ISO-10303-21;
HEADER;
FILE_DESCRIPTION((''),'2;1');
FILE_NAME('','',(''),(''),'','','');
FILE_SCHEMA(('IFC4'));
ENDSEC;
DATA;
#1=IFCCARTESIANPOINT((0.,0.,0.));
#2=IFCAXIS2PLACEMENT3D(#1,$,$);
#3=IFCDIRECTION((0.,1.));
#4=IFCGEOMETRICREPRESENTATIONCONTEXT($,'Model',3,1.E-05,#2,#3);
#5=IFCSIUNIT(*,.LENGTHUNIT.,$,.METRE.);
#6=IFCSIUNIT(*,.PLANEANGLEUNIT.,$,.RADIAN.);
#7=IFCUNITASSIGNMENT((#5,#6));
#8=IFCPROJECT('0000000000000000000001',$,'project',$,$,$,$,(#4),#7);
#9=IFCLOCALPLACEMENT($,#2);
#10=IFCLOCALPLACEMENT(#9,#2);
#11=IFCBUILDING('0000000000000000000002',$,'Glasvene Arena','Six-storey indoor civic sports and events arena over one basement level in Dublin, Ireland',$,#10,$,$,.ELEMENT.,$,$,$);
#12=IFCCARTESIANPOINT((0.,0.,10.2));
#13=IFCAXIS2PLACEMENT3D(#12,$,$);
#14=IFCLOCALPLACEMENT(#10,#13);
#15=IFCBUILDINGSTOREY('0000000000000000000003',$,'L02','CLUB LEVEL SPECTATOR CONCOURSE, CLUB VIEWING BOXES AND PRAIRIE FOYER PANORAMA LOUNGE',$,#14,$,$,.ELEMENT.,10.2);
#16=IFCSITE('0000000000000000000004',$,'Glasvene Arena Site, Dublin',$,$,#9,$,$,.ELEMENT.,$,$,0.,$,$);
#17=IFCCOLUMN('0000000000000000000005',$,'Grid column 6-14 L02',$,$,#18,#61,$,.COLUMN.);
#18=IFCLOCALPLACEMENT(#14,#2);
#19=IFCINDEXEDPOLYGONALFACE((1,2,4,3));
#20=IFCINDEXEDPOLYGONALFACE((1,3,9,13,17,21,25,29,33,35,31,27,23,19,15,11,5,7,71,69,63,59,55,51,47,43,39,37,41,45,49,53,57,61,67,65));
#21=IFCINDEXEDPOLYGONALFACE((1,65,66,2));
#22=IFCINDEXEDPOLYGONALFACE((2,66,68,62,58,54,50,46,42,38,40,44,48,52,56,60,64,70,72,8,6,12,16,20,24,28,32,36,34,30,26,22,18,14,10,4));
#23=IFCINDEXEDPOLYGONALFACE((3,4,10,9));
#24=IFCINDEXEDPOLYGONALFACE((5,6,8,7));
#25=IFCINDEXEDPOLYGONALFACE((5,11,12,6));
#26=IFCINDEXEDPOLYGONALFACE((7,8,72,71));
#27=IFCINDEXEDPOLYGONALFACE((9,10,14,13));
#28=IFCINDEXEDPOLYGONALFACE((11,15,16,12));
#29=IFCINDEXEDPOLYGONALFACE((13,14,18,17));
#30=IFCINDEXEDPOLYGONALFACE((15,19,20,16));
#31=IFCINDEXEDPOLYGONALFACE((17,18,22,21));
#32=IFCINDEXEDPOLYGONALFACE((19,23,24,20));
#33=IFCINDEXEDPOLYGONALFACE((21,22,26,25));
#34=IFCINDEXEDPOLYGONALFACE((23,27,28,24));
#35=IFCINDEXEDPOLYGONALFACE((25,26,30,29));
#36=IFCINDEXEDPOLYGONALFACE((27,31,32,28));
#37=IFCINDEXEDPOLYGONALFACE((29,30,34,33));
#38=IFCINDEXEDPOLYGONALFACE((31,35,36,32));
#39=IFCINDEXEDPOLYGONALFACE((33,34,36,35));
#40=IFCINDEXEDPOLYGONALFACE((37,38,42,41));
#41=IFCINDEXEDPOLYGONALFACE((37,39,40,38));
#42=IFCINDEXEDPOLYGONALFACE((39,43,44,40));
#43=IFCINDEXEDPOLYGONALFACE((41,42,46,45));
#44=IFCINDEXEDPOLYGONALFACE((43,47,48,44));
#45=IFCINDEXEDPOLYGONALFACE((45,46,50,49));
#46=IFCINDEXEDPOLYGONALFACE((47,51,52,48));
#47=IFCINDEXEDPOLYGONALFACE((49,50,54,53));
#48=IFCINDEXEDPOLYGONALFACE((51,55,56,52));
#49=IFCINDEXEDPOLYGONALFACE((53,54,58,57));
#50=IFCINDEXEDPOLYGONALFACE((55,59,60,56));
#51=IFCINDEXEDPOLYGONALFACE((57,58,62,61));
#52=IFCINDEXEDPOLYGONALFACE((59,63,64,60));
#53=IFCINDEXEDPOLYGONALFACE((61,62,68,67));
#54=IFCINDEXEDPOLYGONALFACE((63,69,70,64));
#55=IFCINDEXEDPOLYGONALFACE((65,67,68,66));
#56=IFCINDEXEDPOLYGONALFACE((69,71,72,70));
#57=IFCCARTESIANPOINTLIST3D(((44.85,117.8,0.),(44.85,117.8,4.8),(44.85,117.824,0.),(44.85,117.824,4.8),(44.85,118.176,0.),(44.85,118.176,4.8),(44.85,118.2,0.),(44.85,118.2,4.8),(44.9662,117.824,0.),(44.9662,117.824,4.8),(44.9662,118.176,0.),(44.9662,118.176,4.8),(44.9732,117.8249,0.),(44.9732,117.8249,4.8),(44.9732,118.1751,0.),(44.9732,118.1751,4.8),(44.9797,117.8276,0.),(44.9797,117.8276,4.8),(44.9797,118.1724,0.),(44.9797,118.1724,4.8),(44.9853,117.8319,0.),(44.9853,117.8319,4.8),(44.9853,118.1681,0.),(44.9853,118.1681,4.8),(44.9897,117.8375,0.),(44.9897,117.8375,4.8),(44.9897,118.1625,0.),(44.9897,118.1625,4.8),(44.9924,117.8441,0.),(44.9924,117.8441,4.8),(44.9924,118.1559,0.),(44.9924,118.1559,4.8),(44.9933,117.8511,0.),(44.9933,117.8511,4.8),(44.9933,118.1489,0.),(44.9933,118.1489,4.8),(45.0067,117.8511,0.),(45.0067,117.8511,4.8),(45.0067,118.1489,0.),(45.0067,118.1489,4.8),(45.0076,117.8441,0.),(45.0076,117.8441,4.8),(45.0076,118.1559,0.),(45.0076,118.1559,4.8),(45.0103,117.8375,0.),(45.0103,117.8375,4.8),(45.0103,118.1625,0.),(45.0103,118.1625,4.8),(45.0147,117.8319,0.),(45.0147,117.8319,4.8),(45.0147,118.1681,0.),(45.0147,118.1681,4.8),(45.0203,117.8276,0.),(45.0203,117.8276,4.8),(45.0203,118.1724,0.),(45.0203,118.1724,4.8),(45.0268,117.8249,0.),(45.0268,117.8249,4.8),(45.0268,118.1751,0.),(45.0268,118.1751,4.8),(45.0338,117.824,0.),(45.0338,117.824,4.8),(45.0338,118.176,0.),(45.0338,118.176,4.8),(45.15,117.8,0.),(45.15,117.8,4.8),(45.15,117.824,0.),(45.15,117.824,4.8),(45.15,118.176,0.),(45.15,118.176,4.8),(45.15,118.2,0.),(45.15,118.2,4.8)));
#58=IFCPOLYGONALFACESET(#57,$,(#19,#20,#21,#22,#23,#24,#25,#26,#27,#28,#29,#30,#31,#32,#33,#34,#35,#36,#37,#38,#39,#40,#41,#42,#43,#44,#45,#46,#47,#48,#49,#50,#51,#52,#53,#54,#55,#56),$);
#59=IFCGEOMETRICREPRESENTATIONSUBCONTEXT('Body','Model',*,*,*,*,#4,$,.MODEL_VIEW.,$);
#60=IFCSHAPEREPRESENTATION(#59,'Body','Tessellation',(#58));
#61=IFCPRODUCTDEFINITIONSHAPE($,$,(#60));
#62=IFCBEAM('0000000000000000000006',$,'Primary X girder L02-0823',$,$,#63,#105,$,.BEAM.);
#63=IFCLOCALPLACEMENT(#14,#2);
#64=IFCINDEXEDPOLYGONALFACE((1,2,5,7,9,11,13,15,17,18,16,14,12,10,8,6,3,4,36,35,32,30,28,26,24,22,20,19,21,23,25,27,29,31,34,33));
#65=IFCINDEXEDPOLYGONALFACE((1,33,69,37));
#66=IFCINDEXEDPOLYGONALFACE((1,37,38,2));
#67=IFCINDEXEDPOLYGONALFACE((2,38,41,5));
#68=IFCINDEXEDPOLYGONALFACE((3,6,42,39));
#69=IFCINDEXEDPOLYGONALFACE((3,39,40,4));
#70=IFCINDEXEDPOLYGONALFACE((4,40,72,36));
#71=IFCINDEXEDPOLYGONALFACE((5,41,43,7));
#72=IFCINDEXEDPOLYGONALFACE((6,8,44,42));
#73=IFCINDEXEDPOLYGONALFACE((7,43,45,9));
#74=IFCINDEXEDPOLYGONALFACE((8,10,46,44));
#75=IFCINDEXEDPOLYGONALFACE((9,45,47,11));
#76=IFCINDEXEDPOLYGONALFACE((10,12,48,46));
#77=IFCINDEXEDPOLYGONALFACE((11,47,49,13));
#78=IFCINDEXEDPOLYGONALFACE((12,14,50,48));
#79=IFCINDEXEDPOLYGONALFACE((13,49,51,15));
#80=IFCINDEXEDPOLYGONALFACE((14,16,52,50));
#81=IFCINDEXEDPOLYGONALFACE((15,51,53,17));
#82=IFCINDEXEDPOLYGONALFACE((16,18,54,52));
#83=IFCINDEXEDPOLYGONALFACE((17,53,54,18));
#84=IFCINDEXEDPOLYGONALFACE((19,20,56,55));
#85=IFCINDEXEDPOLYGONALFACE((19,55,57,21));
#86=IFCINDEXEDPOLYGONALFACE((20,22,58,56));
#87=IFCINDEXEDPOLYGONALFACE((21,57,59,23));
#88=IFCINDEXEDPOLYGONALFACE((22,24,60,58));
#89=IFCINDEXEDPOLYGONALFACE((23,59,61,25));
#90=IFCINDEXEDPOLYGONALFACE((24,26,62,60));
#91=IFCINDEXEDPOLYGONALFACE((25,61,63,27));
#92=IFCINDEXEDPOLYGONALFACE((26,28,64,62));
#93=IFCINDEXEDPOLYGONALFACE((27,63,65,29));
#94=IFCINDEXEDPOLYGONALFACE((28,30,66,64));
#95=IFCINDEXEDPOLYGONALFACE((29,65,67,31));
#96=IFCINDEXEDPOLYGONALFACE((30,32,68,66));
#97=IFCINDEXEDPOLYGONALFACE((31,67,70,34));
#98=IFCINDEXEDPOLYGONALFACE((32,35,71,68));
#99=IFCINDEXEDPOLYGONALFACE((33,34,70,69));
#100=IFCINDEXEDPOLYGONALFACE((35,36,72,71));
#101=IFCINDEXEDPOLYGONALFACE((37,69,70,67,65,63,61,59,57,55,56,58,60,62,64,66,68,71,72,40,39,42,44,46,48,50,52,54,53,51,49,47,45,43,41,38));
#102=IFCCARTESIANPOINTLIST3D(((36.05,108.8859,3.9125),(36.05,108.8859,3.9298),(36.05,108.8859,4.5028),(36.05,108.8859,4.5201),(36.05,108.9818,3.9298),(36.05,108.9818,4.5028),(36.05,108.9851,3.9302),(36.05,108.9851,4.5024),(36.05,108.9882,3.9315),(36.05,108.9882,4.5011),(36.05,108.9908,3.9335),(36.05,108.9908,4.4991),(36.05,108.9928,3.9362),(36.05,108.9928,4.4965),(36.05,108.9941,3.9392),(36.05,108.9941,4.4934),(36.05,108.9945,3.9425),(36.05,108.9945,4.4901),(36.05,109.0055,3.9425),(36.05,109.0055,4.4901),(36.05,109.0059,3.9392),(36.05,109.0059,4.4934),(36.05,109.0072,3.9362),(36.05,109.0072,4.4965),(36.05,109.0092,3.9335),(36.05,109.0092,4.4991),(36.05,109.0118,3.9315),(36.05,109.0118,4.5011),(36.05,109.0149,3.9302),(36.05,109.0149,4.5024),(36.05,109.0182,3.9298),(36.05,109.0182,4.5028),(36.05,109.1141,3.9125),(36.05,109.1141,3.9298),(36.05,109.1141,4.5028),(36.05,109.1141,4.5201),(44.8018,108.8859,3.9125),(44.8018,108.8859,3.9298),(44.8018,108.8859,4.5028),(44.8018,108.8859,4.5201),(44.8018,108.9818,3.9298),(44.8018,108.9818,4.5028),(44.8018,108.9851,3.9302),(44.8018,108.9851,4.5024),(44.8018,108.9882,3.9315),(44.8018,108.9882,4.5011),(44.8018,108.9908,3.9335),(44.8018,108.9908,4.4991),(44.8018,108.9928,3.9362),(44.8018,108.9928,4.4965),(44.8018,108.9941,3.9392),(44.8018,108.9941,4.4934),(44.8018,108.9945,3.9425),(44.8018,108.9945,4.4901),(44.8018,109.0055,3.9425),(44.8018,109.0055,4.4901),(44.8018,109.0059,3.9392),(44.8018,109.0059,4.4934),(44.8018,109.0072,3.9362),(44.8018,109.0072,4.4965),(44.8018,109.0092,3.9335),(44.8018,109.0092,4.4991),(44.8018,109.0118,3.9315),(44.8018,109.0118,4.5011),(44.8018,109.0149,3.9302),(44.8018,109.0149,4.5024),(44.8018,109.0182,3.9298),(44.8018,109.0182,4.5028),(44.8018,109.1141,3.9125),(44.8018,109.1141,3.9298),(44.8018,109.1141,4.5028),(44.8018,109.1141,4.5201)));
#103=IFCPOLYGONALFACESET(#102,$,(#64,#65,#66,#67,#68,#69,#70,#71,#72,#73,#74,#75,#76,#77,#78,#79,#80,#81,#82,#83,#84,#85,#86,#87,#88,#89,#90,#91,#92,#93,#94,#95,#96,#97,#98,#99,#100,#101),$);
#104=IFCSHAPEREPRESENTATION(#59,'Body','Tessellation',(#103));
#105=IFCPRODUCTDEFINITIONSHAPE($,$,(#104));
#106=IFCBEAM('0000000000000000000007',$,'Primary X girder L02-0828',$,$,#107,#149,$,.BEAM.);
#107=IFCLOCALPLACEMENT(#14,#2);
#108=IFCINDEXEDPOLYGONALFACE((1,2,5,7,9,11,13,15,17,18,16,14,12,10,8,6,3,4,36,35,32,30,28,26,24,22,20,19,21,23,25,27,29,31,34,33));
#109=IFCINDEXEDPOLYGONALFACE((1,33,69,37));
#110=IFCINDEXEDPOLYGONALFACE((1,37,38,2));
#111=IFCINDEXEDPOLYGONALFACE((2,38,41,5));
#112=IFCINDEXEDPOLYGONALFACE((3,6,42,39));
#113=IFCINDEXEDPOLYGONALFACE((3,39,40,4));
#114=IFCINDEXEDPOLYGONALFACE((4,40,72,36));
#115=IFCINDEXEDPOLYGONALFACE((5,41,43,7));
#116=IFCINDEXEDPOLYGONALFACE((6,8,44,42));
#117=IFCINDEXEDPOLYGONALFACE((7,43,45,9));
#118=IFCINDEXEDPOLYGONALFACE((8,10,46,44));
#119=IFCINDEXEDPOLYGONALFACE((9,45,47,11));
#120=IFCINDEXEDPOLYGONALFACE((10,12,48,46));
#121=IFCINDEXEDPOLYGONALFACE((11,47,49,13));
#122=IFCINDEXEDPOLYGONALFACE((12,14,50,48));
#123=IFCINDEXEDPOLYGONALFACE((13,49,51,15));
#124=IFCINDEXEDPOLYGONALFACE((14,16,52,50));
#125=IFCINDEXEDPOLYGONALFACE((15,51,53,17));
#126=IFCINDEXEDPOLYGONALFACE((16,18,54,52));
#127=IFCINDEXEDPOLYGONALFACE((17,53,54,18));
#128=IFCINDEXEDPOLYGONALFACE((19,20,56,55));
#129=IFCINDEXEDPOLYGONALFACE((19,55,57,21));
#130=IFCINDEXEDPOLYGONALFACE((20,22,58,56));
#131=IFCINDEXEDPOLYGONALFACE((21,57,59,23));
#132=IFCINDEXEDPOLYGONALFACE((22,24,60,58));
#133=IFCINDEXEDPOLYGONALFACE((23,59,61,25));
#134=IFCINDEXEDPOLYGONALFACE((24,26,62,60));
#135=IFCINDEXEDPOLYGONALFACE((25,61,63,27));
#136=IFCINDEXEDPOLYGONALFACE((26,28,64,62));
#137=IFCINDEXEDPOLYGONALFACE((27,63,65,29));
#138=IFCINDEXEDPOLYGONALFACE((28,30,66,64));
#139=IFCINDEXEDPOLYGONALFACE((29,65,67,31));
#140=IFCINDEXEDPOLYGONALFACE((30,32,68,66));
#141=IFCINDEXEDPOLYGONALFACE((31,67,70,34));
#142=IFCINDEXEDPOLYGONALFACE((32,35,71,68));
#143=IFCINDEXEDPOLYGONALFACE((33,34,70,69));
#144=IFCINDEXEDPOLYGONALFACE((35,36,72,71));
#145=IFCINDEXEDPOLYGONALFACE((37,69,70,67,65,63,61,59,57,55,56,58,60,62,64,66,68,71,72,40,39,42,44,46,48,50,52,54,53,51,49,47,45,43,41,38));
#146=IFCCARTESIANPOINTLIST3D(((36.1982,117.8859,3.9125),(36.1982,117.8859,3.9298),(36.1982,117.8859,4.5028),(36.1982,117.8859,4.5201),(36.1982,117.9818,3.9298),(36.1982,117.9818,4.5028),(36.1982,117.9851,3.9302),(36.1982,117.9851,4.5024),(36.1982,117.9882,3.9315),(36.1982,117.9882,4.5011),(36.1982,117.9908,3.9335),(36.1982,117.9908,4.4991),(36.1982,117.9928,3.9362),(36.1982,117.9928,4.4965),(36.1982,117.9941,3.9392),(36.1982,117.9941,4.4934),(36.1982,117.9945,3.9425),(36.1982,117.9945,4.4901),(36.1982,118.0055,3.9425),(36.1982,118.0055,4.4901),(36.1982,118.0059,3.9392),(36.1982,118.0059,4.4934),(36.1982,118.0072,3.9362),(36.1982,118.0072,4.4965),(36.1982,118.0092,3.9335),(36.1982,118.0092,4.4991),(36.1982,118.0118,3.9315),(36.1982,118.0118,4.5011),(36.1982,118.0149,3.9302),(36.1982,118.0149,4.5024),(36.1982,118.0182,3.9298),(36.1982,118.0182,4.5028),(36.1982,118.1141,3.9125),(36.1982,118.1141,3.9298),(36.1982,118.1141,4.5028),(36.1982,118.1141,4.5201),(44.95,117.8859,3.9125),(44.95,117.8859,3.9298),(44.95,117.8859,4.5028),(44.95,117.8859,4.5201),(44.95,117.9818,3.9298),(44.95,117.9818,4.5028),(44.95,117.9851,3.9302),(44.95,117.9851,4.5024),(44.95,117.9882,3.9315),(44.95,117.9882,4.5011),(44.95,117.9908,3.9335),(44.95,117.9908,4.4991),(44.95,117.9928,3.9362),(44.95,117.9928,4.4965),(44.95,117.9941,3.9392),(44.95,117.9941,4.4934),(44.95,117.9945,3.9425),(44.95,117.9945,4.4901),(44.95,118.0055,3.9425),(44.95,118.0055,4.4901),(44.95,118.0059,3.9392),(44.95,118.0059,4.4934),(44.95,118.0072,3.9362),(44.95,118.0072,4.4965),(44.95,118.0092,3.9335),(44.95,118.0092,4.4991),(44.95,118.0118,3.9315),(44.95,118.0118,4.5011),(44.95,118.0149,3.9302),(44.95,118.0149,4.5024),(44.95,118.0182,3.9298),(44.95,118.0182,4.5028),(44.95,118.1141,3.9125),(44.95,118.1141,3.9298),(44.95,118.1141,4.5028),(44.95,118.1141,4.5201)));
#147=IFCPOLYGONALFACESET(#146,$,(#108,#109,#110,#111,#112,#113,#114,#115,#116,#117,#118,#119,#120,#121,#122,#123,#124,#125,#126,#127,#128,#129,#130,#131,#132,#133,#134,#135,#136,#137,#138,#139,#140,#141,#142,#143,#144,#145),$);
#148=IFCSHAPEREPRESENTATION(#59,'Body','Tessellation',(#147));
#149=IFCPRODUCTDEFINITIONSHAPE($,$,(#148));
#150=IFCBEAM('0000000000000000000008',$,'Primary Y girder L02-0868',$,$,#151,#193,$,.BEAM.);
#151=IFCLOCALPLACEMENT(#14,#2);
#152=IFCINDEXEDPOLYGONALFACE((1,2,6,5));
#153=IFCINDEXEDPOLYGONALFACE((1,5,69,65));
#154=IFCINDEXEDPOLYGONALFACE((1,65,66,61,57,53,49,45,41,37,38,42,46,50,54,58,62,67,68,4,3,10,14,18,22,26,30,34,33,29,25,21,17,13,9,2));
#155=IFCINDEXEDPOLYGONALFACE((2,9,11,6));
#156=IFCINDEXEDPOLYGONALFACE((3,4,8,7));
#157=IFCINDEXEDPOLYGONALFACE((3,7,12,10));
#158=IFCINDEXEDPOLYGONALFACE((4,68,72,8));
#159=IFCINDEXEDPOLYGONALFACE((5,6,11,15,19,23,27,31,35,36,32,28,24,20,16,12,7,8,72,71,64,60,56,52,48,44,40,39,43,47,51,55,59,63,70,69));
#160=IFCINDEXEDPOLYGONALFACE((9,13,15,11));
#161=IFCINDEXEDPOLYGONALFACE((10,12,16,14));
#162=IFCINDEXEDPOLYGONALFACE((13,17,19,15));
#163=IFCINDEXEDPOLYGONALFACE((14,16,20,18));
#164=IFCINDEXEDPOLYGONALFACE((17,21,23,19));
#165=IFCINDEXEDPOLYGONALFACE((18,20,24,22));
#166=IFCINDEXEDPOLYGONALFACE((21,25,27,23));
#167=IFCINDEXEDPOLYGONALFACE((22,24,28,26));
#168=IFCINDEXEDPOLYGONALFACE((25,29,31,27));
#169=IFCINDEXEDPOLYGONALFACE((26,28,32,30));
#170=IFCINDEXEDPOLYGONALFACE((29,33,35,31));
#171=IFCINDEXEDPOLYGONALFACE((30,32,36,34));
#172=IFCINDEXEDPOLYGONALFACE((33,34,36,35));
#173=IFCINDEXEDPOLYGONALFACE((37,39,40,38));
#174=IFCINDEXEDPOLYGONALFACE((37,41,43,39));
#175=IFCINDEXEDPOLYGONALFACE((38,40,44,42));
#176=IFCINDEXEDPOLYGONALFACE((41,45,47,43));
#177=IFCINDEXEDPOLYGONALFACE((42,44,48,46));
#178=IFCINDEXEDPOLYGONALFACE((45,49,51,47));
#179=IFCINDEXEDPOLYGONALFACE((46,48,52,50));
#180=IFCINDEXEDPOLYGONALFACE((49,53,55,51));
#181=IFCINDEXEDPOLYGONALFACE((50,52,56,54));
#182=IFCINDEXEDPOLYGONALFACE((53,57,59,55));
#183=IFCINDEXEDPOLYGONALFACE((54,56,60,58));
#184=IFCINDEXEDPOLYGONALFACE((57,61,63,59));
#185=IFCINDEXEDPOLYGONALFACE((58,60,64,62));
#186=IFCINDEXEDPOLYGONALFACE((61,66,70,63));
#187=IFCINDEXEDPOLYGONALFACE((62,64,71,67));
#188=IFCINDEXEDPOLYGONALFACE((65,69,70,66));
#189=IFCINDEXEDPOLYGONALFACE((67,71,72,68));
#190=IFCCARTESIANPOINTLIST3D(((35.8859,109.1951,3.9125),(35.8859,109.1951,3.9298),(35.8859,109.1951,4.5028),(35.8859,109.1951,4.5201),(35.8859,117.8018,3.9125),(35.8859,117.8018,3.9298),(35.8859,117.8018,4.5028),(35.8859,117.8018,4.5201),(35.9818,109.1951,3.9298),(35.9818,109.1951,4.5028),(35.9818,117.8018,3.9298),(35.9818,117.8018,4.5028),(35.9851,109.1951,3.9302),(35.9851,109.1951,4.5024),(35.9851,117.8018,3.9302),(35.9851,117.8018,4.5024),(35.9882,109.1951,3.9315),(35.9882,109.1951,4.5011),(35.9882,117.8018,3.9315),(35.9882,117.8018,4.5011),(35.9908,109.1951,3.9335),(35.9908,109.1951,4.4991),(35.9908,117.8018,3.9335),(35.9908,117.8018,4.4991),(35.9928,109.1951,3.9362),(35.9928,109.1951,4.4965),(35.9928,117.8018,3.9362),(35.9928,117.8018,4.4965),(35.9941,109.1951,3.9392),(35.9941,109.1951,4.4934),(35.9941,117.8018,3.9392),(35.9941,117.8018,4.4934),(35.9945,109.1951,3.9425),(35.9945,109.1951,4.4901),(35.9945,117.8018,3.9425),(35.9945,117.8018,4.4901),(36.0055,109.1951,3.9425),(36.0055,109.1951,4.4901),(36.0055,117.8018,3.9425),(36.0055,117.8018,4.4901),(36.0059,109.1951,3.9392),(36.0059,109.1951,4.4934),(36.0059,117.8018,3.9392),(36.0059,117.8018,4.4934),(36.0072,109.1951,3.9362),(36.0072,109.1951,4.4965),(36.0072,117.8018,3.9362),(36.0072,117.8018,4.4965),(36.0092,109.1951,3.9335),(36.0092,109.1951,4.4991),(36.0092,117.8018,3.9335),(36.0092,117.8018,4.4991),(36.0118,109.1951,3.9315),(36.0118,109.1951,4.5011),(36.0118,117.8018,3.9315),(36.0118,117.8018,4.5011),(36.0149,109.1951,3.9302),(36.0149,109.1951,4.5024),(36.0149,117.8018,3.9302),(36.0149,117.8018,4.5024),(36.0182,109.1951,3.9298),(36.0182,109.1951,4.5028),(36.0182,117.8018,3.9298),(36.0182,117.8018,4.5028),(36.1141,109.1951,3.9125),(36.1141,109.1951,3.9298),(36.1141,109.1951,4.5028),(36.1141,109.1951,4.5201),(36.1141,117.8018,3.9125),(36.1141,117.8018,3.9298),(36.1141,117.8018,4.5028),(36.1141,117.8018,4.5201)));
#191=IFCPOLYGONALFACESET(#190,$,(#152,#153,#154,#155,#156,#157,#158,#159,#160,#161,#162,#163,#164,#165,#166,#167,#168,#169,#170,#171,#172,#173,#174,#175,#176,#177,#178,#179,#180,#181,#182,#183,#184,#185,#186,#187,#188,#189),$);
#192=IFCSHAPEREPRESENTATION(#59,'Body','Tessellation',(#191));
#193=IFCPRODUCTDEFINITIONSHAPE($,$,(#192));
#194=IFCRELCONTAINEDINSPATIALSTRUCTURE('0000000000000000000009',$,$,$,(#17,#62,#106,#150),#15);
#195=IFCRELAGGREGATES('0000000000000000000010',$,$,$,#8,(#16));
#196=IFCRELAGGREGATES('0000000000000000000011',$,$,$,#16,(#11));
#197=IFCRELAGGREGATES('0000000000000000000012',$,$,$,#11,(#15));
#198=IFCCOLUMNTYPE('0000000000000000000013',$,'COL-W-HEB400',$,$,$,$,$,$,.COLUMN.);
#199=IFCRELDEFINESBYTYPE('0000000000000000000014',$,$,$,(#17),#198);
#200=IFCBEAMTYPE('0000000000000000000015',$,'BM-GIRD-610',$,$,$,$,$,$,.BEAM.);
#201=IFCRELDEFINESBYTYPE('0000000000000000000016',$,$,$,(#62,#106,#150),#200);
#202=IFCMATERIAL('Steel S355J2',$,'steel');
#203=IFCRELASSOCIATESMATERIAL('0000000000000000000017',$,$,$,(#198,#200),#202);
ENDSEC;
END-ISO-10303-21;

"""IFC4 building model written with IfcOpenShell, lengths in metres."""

from ifc_helpers import new_model, si_unit, direction, frame, origin, origin_2d, place, context, subcontext, project, spatial, i_section, extrude, material, material_profile, profile_set, type_object, element, save


model = new_model("IFC4")

# Units and contexts
model_context = context("Model", 3, precision=1e-05, world=origin(), true_north=direction((0.0, 1.0)))
body_context = subcontext(model_context, "Body", "Model", "MODEL_VIEW")
ifc_project = project(units=[si_unit("LENGTHUNIT", "METRE"), si_unit("PLANEANGLEUNIT", "RADIAN")], contexts=[model_context])

# Site, building, storey
site_placement = place(None, origin())
site = spatial("IfcSite", under=ifc_project, at=site_placement, Name="Glasvene Arena Site, Dublin", CompositionType="ELEMENT", RefElevation=0.0)
building_placement = place(site_placement, origin())
building = spatial("IfcBuilding", under=site, at=building_placement, Name="Glasvene Arena", Description="Six-storey indoor civic sports and events arena over one basement level in Dublin, Ireland", CompositionType="ELEMENT")
storey_placement = place(building_placement, frame((0.0, 0.0, 10.2)))
storey = spatial("IfcBuildingStorey", under=building, at=storey_placement, Name="L02", Description="CLUB LEVEL SPECTATOR CONCOURSE, CLUB VIEWING BOXES AND PRAIRIE FOYER PANORAMA LOUNGE", CompositionType="ELEMENT", Elevation=10.2)

# Column
ifc_material_1 = material(Name="Steel S355J2", Category="steel")
ifc_material_profile_1 = material_profile(ifc_material_1, i_section(OverallWidth=0.3, OverallDepth=0.3999, WebThickness=0.0134, FlangeThickness=0.0239, FilletRadius=0.0271, at=origin_2d()), Name="HEB 400")
ifc_profile_set_1 = profile_set([ifc_material_profile_1], Name="Steel S355J2")
column_type_1 = type_object("IfcColumnType", Name="COL-W-HEB400", PredefinedType="COLUMN", material=ifc_profile_set_1)
for number, where, z_axis, x_axis, name in (
    (1, (45.0, 118.0, 0.0), (0.0, 0.0, 1.0), (1.0, 0.0, 0.0), "Grid column 6-14 L02"),
):
    element("IfcColumn", number, at=place(storey_placement, frame(where, z_axis=z_axis, x_axis=x_axis)), inside=storey, type_object=column_type_1, Name=name, PredefinedType="COLUMN", context=body_context, shape_type="SweptSolid", body=[
        extrude(i_section(OverallWidth=0.3, OverallDepth=0.3999, WebThickness=0.0134, FlangeThickness=0.0239, FilletRadius=0.0271, at=origin_2d()), origin(), (0.0, 0.0, 1.0), 4.8),
    ])

# Beams
ifc_material_profile_2 = material_profile(ifc_material_1, i_section(OverallWidth=0.2283, OverallDepth=0.6077, WebThickness=0.011, FlangeThickness=0.0173, FilletRadius=0.0127, at=origin_2d()), Name="UKB 610x229x113")
ifc_profile_set_2 = profile_set([ifc_material_profile_2], Name="Steel S355J2")
beam_type_1 = type_object("IfcBeamType", Name="BM-GIRD-610", PredefinedType="BEAM", material=ifc_profile_set_2)
for number, where, z_axis, x_axis, name in (
    (2, (36.05, 109.0, 4.2163), (1.0, 0.0, 0.0), (0.0, 1.0, 0.0), "Primary X girder L02-0823"),
    (3, (36.1982, 118.0, 4.2163), (1.0, 0.0, 0.0), (0.0, 1.0, 0.0), "Primary X girder L02-0828"),
):
    element("IfcBeam", number, at=place(storey_placement, frame(where, z_axis=z_axis, x_axis=x_axis)), inside=storey, type_object=beam_type_1, Name=name, PredefinedType="BEAM", context=body_context, shape_type="SweptSolid", body=[
        extrude(i_section(OverallWidth=0.2283, OverallDepth=0.6077, WebThickness=0.011, FlangeThickness=0.0173, FilletRadius=0.0127, at=origin_2d()), origin(), (0.0, 0.0, 1.0), 8.7517),
    ])
beam_1_placement = place(storey_placement, frame((36.0, 109.1951, 4.2163), z_axis=(0.0, 1.0, 0.0), x_axis=(-1.0, 0.0, 0.0)))
element("IfcBeam", 4, at=beam_1_placement, inside=storey, type_object=beam_type_1, Name="Primary Y girder L02-0868", PredefinedType="BEAM", context=body_context, shape_type="SweptSolid", body=[
    extrude(i_section(OverallWidth=0.2283, OverallDepth=0.6077, WebThickness=0.011, FlangeThickness=0.0173, FilletRadius=0.0127, at=origin_2d()), origin(), (0.0, 0.0, 1.0), 8.6067),
])

save(model, "model.ifc")
